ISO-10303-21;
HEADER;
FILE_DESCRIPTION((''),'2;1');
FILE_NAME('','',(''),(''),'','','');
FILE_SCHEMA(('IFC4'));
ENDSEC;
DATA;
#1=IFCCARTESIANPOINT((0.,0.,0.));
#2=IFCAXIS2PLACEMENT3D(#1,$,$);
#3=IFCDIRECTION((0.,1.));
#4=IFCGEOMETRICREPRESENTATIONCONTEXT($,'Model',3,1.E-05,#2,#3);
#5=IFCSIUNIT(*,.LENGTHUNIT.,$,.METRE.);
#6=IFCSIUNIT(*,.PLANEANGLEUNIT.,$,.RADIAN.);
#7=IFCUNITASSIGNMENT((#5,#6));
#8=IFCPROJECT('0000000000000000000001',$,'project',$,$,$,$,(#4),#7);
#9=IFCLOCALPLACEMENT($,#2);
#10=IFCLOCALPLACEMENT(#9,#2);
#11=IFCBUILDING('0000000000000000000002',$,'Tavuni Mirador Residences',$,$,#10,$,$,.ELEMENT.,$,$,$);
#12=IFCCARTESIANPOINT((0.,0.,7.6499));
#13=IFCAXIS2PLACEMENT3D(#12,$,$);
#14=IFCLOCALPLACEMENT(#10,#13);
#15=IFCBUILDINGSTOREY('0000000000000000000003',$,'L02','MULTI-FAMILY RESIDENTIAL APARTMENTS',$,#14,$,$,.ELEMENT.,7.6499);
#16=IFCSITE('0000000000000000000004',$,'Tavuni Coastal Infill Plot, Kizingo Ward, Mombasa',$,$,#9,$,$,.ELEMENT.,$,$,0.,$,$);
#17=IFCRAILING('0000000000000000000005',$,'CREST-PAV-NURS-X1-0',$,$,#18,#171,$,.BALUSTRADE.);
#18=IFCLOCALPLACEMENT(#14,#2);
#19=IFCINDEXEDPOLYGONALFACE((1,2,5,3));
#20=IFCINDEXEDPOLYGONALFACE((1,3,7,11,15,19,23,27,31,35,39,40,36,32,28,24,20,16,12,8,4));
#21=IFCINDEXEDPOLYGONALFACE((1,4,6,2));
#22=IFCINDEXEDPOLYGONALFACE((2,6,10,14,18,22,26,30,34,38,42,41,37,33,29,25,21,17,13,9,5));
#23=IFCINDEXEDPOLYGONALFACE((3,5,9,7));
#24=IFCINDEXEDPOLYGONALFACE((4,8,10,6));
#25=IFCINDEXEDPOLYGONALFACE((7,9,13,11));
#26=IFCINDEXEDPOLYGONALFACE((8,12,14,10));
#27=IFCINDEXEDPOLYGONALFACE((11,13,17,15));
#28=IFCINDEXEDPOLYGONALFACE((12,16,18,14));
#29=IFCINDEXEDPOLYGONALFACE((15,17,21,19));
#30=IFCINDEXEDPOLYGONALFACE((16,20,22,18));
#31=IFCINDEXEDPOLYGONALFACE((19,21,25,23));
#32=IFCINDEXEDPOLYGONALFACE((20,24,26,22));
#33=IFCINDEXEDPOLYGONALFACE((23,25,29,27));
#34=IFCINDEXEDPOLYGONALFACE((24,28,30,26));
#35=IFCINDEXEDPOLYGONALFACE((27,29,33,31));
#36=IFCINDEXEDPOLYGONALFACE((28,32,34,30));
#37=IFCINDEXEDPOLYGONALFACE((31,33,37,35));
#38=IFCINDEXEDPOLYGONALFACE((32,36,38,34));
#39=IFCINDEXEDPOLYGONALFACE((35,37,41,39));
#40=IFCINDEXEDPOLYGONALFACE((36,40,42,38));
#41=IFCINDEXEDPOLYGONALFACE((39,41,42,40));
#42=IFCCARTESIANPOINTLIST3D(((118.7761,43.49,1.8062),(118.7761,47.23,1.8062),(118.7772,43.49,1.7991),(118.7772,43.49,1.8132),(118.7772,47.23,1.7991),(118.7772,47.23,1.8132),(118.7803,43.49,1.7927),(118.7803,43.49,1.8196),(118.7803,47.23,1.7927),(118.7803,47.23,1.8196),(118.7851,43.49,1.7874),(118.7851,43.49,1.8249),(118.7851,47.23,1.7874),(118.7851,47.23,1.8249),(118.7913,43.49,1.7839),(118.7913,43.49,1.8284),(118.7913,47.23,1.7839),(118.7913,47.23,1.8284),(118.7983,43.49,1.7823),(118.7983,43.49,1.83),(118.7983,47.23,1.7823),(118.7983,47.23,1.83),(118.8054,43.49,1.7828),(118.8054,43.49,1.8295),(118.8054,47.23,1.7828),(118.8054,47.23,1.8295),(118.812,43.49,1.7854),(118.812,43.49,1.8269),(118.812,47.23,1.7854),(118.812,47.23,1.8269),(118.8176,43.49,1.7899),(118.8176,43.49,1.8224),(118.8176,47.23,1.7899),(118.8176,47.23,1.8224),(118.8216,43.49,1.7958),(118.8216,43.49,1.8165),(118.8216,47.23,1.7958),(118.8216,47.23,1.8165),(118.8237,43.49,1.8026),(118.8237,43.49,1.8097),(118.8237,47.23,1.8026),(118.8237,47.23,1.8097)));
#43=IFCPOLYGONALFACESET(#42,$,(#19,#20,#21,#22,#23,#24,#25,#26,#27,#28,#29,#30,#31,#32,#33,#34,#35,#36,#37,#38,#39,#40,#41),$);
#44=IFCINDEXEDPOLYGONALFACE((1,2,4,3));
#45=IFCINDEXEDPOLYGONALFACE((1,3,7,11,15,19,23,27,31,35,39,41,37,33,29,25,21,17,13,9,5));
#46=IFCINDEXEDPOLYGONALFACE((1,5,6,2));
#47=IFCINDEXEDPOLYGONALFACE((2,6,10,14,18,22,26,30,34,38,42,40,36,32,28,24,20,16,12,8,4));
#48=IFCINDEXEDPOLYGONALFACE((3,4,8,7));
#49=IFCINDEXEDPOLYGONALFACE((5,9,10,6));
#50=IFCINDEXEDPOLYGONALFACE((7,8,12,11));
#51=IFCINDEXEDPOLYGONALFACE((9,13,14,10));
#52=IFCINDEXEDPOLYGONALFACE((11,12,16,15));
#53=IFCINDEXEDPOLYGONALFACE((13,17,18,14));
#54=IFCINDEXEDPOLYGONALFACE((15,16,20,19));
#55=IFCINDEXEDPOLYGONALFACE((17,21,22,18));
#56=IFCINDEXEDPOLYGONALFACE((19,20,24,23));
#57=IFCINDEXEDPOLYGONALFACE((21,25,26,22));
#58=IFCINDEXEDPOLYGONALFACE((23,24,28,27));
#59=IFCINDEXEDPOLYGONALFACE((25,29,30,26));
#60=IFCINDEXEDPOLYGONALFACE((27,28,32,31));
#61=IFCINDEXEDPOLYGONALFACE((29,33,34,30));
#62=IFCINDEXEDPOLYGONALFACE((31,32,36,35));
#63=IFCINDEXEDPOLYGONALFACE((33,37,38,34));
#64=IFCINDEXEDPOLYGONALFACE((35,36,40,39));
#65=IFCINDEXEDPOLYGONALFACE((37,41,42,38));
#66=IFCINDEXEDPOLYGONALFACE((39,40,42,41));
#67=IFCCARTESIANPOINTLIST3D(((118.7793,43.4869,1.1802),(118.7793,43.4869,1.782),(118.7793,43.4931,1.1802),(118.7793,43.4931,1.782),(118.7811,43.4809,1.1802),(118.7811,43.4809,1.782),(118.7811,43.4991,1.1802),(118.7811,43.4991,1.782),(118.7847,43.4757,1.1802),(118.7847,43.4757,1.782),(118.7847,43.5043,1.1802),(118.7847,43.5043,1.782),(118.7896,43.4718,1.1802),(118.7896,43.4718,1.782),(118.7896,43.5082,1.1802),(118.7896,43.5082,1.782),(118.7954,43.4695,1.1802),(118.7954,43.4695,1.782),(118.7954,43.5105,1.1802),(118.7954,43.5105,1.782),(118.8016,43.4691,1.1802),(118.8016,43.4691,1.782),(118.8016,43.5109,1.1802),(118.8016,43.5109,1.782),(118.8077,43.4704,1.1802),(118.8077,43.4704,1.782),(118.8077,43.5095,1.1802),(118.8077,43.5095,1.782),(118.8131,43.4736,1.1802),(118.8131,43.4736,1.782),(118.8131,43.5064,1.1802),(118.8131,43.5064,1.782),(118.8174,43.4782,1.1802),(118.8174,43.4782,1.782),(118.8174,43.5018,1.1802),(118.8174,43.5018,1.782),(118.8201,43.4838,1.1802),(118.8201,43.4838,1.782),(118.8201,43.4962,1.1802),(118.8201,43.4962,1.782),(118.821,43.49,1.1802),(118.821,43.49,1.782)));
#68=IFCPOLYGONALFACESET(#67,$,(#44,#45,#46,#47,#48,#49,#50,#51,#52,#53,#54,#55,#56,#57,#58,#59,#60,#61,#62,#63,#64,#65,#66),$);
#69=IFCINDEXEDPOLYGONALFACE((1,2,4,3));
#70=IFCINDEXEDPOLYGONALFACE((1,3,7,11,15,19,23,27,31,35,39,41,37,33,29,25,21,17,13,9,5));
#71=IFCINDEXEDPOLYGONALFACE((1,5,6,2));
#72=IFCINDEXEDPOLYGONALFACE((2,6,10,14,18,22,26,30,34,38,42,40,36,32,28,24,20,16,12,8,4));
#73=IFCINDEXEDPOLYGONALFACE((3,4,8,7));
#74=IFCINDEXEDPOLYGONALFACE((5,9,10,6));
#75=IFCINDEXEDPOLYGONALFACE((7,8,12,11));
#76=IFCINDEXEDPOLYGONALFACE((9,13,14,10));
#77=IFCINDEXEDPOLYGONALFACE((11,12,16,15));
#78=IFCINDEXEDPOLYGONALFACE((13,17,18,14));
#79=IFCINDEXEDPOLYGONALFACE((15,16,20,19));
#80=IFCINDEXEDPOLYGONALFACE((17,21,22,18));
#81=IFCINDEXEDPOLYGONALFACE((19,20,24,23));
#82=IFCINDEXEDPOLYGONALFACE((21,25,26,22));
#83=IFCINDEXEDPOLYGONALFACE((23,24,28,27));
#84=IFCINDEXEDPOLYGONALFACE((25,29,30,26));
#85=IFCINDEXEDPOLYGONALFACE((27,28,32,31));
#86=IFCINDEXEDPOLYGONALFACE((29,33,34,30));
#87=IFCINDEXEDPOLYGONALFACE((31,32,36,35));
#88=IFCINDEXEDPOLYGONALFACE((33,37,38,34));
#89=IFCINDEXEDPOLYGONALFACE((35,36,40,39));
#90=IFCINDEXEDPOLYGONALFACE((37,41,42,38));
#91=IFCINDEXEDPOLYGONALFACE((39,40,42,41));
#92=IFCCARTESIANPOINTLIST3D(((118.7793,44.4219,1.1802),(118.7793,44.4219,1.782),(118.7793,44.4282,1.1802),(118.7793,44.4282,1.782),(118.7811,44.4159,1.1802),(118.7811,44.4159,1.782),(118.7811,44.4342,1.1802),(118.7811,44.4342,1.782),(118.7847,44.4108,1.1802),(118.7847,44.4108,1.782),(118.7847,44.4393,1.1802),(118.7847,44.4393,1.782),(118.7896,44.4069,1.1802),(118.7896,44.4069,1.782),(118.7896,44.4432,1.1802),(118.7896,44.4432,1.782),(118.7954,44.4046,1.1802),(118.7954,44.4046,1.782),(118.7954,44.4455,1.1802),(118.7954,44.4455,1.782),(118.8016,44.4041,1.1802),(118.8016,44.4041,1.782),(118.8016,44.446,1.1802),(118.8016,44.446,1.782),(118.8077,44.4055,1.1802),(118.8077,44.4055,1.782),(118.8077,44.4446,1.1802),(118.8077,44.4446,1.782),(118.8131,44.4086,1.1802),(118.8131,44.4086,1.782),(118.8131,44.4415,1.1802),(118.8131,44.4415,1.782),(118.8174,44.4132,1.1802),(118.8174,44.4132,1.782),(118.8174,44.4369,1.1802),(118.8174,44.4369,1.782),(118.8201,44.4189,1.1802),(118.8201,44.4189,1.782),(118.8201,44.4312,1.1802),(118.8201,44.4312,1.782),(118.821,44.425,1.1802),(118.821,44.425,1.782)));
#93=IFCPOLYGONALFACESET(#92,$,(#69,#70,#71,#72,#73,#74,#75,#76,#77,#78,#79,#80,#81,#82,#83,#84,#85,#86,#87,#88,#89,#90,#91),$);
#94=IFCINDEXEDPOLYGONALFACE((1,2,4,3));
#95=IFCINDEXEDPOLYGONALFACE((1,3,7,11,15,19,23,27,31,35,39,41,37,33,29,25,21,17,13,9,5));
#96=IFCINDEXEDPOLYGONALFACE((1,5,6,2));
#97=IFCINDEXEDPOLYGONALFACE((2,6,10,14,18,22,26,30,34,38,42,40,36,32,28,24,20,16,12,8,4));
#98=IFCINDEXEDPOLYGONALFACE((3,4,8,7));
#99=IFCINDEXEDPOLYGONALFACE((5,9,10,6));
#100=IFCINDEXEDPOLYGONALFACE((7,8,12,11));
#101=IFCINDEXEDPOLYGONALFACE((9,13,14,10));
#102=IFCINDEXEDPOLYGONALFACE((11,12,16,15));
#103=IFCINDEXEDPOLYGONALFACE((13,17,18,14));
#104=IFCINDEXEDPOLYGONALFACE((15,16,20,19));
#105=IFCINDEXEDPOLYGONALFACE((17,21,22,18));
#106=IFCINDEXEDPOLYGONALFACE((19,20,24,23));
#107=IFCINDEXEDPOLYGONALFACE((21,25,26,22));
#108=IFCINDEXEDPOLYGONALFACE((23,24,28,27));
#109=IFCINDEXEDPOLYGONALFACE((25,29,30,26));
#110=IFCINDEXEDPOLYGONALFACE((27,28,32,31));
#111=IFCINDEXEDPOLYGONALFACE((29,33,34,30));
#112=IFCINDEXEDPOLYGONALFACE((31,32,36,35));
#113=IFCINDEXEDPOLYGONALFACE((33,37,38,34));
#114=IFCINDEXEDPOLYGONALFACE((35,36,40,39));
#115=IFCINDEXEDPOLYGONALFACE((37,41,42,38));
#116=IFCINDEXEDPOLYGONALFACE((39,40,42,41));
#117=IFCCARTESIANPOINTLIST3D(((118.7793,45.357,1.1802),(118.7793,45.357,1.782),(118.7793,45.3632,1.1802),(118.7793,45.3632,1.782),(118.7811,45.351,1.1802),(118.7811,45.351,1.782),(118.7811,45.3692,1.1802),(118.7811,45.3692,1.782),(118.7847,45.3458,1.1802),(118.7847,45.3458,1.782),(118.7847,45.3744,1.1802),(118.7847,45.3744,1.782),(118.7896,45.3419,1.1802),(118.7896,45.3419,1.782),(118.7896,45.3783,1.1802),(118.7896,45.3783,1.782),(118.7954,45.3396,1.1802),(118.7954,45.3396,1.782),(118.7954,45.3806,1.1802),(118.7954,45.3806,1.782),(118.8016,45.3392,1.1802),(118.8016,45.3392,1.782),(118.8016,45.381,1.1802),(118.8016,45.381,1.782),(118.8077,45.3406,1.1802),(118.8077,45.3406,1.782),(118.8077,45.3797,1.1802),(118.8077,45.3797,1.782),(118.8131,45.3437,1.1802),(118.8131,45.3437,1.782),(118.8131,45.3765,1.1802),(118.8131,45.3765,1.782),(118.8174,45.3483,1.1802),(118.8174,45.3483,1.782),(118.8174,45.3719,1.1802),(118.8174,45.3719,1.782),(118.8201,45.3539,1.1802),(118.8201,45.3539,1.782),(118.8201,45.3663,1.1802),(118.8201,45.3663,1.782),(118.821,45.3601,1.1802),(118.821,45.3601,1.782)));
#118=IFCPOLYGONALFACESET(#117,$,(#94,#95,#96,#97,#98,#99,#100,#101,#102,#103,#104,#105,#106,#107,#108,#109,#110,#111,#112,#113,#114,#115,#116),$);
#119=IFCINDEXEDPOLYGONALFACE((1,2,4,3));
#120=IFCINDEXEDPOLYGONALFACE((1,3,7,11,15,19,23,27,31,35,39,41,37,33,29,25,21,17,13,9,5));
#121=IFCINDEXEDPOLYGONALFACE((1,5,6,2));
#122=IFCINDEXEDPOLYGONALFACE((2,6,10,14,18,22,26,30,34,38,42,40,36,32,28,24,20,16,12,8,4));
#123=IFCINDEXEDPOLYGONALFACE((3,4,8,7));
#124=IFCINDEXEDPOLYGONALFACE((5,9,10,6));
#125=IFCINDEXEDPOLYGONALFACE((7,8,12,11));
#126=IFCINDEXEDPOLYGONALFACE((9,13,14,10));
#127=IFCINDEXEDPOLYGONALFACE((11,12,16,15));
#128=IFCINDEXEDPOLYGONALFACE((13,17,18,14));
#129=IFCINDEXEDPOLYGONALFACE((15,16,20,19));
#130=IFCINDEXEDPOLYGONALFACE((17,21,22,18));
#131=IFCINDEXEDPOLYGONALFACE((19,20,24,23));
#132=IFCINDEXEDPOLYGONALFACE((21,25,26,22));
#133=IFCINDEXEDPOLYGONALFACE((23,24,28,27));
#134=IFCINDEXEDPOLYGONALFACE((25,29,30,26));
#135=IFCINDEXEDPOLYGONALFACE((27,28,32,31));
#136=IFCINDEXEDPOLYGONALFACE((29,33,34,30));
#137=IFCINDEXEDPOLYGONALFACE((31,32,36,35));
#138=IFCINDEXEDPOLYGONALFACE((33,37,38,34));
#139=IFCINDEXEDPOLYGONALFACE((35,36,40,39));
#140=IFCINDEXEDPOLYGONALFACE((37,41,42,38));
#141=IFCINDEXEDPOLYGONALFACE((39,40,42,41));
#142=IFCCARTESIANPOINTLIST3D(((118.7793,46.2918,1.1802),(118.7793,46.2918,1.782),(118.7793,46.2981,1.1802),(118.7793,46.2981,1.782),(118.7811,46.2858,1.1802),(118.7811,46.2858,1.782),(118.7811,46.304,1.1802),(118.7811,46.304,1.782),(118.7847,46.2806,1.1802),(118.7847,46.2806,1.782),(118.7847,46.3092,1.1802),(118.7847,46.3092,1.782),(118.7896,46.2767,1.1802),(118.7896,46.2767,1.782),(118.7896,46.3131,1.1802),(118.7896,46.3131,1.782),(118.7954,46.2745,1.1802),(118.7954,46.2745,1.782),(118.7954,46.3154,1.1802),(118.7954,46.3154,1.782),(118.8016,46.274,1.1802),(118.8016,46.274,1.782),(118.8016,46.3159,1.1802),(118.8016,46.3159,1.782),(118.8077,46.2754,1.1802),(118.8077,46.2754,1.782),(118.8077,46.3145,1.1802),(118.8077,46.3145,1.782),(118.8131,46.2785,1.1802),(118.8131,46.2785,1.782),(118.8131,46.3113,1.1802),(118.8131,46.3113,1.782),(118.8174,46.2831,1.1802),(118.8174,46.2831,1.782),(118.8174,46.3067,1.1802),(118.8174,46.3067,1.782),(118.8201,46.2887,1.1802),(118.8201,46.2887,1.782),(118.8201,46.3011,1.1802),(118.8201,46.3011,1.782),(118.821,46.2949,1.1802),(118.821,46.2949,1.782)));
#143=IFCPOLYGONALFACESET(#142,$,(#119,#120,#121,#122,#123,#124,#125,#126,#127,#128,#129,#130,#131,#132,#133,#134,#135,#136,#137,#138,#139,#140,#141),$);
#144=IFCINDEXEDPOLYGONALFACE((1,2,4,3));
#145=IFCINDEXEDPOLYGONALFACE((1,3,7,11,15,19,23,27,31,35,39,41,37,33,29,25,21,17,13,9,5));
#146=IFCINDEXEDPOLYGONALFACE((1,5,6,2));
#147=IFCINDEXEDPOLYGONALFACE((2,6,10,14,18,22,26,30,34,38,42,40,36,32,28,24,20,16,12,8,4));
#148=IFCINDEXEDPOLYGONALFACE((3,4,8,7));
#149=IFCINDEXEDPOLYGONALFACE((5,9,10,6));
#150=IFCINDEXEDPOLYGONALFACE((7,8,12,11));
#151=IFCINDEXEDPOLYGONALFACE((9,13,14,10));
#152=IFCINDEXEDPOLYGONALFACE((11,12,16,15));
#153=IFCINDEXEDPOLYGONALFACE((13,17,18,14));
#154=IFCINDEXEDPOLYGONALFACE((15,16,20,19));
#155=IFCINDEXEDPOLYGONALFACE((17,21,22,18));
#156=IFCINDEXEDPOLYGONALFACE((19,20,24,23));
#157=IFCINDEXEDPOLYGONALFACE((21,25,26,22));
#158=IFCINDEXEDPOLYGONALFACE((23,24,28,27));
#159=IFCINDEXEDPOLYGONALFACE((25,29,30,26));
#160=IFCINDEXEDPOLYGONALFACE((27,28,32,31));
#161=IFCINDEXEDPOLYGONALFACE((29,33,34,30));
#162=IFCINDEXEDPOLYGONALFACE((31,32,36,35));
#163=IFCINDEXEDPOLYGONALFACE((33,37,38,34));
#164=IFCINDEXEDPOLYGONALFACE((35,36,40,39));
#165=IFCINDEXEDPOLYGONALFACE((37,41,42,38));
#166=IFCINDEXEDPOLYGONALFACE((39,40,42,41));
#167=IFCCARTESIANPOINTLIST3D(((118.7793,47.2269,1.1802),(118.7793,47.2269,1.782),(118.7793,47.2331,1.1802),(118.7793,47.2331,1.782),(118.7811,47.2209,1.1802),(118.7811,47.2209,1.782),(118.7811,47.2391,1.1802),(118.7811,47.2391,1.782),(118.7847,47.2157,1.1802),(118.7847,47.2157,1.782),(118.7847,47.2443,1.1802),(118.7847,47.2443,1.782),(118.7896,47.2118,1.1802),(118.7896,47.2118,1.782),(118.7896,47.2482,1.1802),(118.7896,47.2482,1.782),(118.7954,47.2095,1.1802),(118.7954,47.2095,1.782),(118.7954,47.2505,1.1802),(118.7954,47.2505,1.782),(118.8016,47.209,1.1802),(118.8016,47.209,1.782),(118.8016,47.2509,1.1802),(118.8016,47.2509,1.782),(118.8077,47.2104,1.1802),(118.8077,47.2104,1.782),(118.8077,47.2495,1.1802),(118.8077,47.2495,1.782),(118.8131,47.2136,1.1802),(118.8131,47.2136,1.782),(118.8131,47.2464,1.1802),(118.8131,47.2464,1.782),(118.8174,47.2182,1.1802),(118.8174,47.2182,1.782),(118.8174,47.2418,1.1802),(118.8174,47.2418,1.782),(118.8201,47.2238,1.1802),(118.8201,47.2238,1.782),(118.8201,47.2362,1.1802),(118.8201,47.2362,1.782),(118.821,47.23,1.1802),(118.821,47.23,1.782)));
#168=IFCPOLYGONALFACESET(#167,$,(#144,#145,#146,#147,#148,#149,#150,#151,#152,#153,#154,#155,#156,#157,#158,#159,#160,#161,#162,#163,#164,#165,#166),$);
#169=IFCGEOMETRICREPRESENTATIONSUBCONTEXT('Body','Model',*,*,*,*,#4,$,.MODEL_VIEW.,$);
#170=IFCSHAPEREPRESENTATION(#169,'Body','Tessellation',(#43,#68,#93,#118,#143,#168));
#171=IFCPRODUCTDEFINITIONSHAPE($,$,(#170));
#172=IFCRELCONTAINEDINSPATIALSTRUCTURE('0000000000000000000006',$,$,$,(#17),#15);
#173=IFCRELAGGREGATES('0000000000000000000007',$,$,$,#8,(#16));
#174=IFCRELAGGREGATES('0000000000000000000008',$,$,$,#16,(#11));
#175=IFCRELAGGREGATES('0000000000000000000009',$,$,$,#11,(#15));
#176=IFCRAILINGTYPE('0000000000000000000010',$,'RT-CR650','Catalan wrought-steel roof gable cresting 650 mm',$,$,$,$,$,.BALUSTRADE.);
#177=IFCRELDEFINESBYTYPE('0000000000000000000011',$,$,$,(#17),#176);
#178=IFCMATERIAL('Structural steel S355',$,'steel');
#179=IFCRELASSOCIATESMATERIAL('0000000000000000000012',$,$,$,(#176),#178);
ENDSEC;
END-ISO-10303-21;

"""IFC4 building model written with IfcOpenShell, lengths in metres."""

from ifc_helpers import new_model, si_unit, direction, frame, origin, origin_2d, place, context, subcontext, project, spatial, circle, extrude, material, type_object, element, save


model = new_model("IFC4")

# Units and contexts
model_context = context("Model", 3, precision=1e-05, world=origin(), true_north=direction((0.0, 1.0)))
body_context = subcontext(model_context, "Body", "Model", "MODEL_VIEW")
ifc_project = project(units=[si_unit("LENGTHUNIT", "METRE"), si_unit("PLANEANGLEUNIT", "RADIAN")], contexts=[model_context])

# Site, building, storey
site_placement = place(None, origin())
site = spatial("IfcSite", under=ifc_project, at=site_placement, Name="Tavuni Coastal Infill Plot, Kizingo Ward, Mombasa", CompositionType="ELEMENT", RefElevation=0.0)
building_placement = place(site_placement, origin())
building = spatial("IfcBuilding", under=site, at=building_placement, Name="Tavuni Mirador Residences", CompositionType="ELEMENT")
storey_placement = place(building_placement, frame((0.0, 0.0, 7.6499)))
storey = spatial("IfcBuildingStorey", under=building, at=storey_placement, Name="L02", Description="MULTI-FAMILY RESIDENTIAL APARTMENTS", CompositionType="ELEMENT", Elevation=7.6499)

# Shared definitions
ifc_material_1 = material(Name="Structural steel S355", Category="steel")

# Railing
railing_type = type_object("IfcRailingType", Name="RT-CR650", Description="Catalan wrought-steel roof gable cresting 650 mm", PredefinedType="BALUSTRADE", material=ifc_material_1)
for number, where, name in (
    (1, (118.8, 43.49, 1.1802), "CREST-PAV-NURS-X1-0"),
):
    element("IfcRailing", number, at=place(storey_placement, frame(where)), inside=storey, type_object=railing_type, Name=name, PredefinedType="BALUSTRADE", context=body_context, shape_type="SweptSolid", body=[
        extrude(circle(Radius=0.0239, at=origin_2d()), frame((0.0, 0.0, 0.626), z_axis=(0.0, 1.0, 0.0), x_axis=(-1.0, 0.0, 0.0)), (0.0, 0.0, 1.0), 3.74),
        extrude(circle(Radius=0.021, at=origin_2d()), origin(), (0.0, 0.0, 1.0), 0.6018),
        extrude(circle(Radius=0.021, at=origin_2d()), frame((0.0, 0.9351, 0.0)), (0.0, 0.0, 1.0), 0.6018),
        extrude(circle(Radius=0.021, at=origin_2d()), frame((0.0, 1.8701, 0.0)), (0.0, 0.0, 1.0), 0.6018),
        extrude(circle(Radius=0.021, at=origin_2d()), frame((0.0, 2.8049, 0.0)), (0.0, 0.0, 1.0), 0.6018),
        extrude(circle(Radius=0.021, at=origin_2d()), frame((0.0, 3.74, 0.0)), (0.0, 0.0, 1.0), 0.6018),
    ])

save(model, "model.ifc")
